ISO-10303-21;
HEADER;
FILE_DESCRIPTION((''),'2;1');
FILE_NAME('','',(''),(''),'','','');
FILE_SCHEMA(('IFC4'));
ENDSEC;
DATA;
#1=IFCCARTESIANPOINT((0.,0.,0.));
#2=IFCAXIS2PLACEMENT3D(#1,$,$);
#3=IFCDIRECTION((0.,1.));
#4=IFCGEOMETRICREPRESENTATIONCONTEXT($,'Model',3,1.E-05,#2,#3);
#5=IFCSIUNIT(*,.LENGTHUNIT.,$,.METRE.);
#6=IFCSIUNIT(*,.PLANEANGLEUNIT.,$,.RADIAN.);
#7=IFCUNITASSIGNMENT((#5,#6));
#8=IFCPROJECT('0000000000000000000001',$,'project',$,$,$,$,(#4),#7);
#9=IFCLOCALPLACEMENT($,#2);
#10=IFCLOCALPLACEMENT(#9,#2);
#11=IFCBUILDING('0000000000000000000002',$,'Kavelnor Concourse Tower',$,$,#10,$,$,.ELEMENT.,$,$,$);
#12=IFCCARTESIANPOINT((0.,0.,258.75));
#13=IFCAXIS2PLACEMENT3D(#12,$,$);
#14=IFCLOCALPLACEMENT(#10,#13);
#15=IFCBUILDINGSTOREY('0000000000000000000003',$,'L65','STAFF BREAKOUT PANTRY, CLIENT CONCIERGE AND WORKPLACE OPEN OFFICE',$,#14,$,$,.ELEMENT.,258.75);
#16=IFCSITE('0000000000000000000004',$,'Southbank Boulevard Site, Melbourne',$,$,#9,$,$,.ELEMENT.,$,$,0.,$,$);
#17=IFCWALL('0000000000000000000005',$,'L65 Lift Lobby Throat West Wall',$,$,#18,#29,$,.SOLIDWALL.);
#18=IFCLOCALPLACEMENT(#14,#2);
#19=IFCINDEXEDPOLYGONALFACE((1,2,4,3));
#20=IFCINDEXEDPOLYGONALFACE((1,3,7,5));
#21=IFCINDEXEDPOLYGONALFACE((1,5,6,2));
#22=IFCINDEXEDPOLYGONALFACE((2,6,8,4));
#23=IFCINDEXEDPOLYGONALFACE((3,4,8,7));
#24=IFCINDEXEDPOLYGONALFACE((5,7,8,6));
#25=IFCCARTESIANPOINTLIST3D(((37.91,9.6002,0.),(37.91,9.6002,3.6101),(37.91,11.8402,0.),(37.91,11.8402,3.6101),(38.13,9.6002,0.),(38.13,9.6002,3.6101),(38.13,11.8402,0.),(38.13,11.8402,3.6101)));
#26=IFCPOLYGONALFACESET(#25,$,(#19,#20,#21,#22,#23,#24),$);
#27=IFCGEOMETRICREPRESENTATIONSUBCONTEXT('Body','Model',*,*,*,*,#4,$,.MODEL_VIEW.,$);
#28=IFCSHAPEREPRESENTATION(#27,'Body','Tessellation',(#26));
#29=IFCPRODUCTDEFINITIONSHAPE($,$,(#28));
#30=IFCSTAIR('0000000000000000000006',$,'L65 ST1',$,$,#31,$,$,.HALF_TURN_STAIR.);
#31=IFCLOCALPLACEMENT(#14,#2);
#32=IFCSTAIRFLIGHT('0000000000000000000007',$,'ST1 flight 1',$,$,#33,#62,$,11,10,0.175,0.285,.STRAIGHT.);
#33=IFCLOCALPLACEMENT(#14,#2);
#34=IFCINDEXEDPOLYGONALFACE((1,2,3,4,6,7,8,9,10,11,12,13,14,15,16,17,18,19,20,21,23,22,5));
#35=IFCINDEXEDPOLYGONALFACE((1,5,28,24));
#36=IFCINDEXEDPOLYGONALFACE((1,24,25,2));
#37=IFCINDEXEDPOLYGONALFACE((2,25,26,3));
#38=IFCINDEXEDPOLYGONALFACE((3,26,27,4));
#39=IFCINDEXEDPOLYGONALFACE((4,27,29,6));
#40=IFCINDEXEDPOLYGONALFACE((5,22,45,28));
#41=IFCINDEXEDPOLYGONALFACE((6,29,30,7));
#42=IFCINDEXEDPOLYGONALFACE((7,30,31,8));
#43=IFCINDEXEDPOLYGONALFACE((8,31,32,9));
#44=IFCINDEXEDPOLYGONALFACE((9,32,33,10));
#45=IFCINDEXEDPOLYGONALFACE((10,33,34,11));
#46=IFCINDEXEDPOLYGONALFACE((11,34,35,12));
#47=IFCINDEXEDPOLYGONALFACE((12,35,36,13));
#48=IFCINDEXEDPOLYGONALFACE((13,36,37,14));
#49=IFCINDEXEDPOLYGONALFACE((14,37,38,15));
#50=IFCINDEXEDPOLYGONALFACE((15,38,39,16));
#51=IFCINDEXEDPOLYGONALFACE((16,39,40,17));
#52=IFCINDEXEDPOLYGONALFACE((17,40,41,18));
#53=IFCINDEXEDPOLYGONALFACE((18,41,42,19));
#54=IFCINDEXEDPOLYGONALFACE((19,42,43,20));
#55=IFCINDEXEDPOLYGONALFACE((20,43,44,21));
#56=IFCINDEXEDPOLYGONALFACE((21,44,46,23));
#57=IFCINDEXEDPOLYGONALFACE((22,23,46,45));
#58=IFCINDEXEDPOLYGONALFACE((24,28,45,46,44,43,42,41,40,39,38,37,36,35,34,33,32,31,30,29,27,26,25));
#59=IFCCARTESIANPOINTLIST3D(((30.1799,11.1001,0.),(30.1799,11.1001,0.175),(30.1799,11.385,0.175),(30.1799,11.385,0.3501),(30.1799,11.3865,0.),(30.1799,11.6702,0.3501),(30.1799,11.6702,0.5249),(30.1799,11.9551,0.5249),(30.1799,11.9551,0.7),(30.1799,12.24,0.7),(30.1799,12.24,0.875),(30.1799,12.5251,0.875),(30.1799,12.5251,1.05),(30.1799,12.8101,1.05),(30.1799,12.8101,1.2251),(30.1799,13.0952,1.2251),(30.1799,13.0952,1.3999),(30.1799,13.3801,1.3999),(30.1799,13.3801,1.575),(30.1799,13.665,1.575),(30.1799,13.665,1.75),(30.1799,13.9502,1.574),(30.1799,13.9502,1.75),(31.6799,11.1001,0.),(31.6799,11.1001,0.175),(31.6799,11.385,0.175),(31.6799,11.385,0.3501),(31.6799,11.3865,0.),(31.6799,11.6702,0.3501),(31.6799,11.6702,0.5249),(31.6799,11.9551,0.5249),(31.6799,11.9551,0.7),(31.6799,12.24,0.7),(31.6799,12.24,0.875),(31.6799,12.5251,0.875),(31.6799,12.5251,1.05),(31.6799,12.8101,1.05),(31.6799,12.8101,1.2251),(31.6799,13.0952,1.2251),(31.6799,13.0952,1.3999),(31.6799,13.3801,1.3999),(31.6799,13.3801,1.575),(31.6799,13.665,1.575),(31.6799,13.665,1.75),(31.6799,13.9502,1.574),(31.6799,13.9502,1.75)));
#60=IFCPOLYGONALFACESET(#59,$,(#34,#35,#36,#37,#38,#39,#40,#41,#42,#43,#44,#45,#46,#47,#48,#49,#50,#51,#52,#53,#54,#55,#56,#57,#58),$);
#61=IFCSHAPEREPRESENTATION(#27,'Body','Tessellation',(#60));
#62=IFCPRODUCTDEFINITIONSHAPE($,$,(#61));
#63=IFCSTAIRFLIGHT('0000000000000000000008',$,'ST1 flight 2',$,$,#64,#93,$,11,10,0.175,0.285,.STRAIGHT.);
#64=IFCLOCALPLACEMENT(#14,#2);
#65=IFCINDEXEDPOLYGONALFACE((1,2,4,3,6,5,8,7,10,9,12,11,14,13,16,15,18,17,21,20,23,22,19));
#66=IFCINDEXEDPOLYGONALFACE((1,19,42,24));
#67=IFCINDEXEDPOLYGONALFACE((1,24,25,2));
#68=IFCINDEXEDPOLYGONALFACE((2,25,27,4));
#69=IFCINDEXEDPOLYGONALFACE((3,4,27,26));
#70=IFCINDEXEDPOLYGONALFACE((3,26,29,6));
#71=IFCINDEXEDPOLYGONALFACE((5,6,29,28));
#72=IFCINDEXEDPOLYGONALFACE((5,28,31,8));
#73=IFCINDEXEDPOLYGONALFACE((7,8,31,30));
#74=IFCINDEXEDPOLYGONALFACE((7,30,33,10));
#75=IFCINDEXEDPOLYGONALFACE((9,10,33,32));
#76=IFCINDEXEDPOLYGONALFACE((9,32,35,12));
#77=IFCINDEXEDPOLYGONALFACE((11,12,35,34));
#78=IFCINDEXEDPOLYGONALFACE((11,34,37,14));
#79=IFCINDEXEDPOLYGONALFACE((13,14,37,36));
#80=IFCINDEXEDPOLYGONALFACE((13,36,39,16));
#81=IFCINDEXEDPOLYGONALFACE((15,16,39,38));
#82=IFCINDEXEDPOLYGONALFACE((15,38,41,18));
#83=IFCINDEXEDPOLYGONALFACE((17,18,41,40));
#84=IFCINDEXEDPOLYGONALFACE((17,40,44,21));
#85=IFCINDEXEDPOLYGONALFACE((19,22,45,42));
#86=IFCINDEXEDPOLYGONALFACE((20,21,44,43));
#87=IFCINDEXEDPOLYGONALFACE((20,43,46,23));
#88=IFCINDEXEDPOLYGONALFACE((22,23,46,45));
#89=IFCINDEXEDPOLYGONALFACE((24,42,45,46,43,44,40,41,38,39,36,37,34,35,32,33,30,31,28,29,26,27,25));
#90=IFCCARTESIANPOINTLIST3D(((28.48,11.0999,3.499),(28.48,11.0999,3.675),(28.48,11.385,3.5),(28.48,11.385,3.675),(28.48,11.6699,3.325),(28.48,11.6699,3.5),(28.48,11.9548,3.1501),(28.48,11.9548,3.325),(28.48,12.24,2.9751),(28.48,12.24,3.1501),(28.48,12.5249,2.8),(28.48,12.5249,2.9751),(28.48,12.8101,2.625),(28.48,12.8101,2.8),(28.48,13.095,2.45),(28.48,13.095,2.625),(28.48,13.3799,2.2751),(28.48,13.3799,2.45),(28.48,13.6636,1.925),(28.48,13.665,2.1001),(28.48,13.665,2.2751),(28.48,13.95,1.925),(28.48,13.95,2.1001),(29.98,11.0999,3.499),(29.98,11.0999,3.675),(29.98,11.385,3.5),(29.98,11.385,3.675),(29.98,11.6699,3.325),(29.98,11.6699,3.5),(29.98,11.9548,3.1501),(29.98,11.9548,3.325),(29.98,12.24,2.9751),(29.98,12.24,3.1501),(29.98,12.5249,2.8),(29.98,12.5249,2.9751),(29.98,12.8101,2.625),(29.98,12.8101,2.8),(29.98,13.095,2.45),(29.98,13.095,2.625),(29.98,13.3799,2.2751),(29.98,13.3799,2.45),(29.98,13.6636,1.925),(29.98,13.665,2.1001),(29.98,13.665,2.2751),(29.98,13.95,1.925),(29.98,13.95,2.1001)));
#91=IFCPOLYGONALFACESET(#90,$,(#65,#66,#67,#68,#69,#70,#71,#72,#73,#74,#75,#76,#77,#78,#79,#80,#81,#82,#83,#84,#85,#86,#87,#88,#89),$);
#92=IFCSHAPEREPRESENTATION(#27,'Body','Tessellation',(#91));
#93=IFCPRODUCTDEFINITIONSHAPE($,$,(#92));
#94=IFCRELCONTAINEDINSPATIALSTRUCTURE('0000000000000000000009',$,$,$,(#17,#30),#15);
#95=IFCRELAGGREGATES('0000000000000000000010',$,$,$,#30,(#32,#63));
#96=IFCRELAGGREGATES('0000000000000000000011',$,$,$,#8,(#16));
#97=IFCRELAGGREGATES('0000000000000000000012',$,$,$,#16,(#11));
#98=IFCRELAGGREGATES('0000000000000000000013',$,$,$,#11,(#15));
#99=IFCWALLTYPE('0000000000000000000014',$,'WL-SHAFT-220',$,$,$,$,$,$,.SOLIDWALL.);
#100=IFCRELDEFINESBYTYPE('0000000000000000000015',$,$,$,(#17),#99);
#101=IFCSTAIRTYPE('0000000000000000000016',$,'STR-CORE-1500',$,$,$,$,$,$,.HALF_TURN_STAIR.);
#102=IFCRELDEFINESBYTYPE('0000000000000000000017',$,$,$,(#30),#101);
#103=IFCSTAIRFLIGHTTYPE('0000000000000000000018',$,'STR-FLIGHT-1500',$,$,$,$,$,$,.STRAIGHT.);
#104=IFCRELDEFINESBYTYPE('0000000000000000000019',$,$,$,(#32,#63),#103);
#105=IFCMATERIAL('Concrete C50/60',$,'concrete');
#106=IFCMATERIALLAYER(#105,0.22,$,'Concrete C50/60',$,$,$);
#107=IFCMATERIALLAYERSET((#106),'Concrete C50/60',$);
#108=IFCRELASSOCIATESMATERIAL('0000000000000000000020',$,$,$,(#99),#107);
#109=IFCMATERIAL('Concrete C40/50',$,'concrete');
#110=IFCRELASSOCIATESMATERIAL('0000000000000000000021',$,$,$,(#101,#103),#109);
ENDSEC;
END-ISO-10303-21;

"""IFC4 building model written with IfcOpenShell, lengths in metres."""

from ifc_helpers import new_model, si_unit, direction, frame, frame_2d, origin, place, context, subcontext, project, spatial, polyline, rectangle, outline, extrude, material, layer, layer_set, type_object, element, aggregate, save


model = new_model("IFC4")

# Units and contexts
model_context = context("Model", 3, precision=1e-05, world=origin(), true_north=direction((0.0, 1.0)))
body_context = subcontext(model_context, "Body", "Model", "MODEL_VIEW")
ifc_project = project(units=[si_unit("LENGTHUNIT", "METRE"), si_unit("PLANEANGLEUNIT", "RADIAN")], contexts=[model_context])

# Site, building, storey
site_placement = place(None, origin())
site = spatial("IfcSite", under=ifc_project, at=site_placement, Name="Southbank Boulevard Site, Melbourne", CompositionType="ELEMENT", RefElevation=0.0)
building_placement = place(site_placement, origin())
building = spatial("IfcBuilding", under=site, at=building_placement, Name="Kavelnor Concourse Tower", CompositionType="ELEMENT")
storey_placement = place(building_placement, frame((0.0, 0.0, 258.75)))
storey = spatial("IfcBuildingStorey", under=building, at=storey_placement, Name="L65", Description="STAFF BREAKOUT PANTRY, CLIENT CONCIERGE AND WORKPLACE OPEN OFFICE", CompositionType="ELEMENT", Elevation=258.75)

# Shared definitions
ifc_material_1 = material(Name="Concrete C50/60", Category="concrete")
ifc_layer = layer(ifc_material_1, 0.22, Name="Concrete C50/60")
ifc_layer_set = layer_set([ifc_layer], Name="Concrete C50/60")
wall_type = type_object("IfcWallType", Name="WL-SHAFT-220", PredefinedType="SOLIDWALL", material=ifc_layer_set)

# Wall
wall_1_placement = place(storey_placement, frame((38.02, 9.6001, 0.0), z_axis=(0.0, 0.0, 1.0), x_axis=(0.0, 1.0, 0.0)))
element("IfcWall", 1, at=wall_1_placement, inside=storey, type_object=wall_type, Name="L65 Lift Lobby Throat West Wall", PredefinedType="SOLIDWALL", context=body_context, shape_type="SweptSolid", body=[
    extrude(rectangle(XDim=2.24, YDim=0.22, at=frame_2d((1.1201, 0.0))), origin(), (0.0, 0.0, 1.0), 3.6101),
])

# Stair, stair flights
ifc_material_2 = material(Name="Concrete C40/50", Category="concrete")
stair_type = type_object("IfcStairType", Name="STR-CORE-1500", PredefinedType="HALF_TURN_STAIR", material=ifc_material_2)
stair_placement = place(storey_placement, origin())
stair = element("IfcStair", 2, at=stair_placement, inside=storey, type_object=stair_type, Name="L65 ST1", PredefinedType="HALF_TURN_STAIR")
stair_flight_type = type_object("IfcStairFlightType", Name="STR-FLIGHT-1500", PredefinedType="STRAIGHT", material=ifc_material_2)
stair_flight_1_placement = place(storey_placement, frame((30.9299, 11.1001, 0.0), z_axis=(0.0, 0.0, 1.0), x_axis=(0.0, 1.0, 0.0)))
stair_flight_1 = element("IfcStairFlight", 3, at=stair_flight_1_placement, type_object=stair_flight_type, Name="ST1 flight 1", NumberOfRisers=11, NumberOfTreads=10, PredefinedType="STRAIGHT", RiserHeight=0.175, TreadLength=0.285, context=body_context, shape_type="SweptSolid", body=[
    extrude(outline(polyline([(0.0, 0.0), (0.0, 0.175), (0.2849, 0.175), (0.2849, 0.3501), (0.5701, 0.3501), (0.5701, 0.5249), (0.855, 0.5249), (0.855, 0.7), (1.1399, 0.7), (1.1399, 0.875), (1.425, 0.875), (1.425, 1.05), (1.71, 1.05), (1.71, 1.2251), (1.9951, 1.2251), (1.9951, 1.3999), (2.28, 1.3999), (2.28, 1.575), (2.5649, 1.575), (2.5649, 1.75), (2.8501, 1.75), (2.8501, 1.925), (2.8501, 1.574), (0.2864, 0.0), (0.0, 0.0)])), frame((0.0, 0.75, 0.0), z_axis=(0.0, -1.0, 0.0), x_axis=(1.0, 0.0, 0.0)), (0.0, 0.0, 1.0), 1.5),
])
stair_flight_2_placement = place(storey_placement, frame((29.23, 13.95, 1.925), z_axis=(0.0, 0.0, 1.0), x_axis=(0.0, -1.0, 0.0)))
stair_flight_2 = element("IfcStairFlight", 4, at=stair_flight_2_placement, type_object=stair_flight_type, Name="ST1 flight 2", NumberOfRisers=11, NumberOfTreads=10, PredefinedType="STRAIGHT", RiserHeight=0.175, TreadLength=0.285, context=body_context, shape_type="SweptSolid", body=[
    extrude(outline(polyline([(0.0, 0.0), (0.0, 0.175), (0.2849, 0.175), (0.2849, 0.3501), (0.5701, 0.3501), (0.5701, 0.5249), (0.855, 0.5249), (0.855, 0.7), (1.1399, 0.7), (1.1399, 0.875), (1.425, 0.875), (1.425, 1.05), (1.71, 1.05), (1.71, 1.2251), (1.9951, 1.2251), (1.9951, 1.3999), (2.28, 1.3999), (2.28, 1.575), (2.5649, 1.575), (2.5649, 1.75), (2.8501, 1.75), (2.8501, 1.925), (2.8501, 1.574), (0.2864, 0.0), (0.0, 0.0)])), frame((0.0, 0.75, 0.0), z_axis=(0.0, -1.0, 0.0), x_axis=(1.0, 0.0, 0.0)), (0.0, 0.0, 1.0), 1.5),
])
aggregate(stair, [stair_flight_1, stair_flight_2])

save(model, "model.ifc")
